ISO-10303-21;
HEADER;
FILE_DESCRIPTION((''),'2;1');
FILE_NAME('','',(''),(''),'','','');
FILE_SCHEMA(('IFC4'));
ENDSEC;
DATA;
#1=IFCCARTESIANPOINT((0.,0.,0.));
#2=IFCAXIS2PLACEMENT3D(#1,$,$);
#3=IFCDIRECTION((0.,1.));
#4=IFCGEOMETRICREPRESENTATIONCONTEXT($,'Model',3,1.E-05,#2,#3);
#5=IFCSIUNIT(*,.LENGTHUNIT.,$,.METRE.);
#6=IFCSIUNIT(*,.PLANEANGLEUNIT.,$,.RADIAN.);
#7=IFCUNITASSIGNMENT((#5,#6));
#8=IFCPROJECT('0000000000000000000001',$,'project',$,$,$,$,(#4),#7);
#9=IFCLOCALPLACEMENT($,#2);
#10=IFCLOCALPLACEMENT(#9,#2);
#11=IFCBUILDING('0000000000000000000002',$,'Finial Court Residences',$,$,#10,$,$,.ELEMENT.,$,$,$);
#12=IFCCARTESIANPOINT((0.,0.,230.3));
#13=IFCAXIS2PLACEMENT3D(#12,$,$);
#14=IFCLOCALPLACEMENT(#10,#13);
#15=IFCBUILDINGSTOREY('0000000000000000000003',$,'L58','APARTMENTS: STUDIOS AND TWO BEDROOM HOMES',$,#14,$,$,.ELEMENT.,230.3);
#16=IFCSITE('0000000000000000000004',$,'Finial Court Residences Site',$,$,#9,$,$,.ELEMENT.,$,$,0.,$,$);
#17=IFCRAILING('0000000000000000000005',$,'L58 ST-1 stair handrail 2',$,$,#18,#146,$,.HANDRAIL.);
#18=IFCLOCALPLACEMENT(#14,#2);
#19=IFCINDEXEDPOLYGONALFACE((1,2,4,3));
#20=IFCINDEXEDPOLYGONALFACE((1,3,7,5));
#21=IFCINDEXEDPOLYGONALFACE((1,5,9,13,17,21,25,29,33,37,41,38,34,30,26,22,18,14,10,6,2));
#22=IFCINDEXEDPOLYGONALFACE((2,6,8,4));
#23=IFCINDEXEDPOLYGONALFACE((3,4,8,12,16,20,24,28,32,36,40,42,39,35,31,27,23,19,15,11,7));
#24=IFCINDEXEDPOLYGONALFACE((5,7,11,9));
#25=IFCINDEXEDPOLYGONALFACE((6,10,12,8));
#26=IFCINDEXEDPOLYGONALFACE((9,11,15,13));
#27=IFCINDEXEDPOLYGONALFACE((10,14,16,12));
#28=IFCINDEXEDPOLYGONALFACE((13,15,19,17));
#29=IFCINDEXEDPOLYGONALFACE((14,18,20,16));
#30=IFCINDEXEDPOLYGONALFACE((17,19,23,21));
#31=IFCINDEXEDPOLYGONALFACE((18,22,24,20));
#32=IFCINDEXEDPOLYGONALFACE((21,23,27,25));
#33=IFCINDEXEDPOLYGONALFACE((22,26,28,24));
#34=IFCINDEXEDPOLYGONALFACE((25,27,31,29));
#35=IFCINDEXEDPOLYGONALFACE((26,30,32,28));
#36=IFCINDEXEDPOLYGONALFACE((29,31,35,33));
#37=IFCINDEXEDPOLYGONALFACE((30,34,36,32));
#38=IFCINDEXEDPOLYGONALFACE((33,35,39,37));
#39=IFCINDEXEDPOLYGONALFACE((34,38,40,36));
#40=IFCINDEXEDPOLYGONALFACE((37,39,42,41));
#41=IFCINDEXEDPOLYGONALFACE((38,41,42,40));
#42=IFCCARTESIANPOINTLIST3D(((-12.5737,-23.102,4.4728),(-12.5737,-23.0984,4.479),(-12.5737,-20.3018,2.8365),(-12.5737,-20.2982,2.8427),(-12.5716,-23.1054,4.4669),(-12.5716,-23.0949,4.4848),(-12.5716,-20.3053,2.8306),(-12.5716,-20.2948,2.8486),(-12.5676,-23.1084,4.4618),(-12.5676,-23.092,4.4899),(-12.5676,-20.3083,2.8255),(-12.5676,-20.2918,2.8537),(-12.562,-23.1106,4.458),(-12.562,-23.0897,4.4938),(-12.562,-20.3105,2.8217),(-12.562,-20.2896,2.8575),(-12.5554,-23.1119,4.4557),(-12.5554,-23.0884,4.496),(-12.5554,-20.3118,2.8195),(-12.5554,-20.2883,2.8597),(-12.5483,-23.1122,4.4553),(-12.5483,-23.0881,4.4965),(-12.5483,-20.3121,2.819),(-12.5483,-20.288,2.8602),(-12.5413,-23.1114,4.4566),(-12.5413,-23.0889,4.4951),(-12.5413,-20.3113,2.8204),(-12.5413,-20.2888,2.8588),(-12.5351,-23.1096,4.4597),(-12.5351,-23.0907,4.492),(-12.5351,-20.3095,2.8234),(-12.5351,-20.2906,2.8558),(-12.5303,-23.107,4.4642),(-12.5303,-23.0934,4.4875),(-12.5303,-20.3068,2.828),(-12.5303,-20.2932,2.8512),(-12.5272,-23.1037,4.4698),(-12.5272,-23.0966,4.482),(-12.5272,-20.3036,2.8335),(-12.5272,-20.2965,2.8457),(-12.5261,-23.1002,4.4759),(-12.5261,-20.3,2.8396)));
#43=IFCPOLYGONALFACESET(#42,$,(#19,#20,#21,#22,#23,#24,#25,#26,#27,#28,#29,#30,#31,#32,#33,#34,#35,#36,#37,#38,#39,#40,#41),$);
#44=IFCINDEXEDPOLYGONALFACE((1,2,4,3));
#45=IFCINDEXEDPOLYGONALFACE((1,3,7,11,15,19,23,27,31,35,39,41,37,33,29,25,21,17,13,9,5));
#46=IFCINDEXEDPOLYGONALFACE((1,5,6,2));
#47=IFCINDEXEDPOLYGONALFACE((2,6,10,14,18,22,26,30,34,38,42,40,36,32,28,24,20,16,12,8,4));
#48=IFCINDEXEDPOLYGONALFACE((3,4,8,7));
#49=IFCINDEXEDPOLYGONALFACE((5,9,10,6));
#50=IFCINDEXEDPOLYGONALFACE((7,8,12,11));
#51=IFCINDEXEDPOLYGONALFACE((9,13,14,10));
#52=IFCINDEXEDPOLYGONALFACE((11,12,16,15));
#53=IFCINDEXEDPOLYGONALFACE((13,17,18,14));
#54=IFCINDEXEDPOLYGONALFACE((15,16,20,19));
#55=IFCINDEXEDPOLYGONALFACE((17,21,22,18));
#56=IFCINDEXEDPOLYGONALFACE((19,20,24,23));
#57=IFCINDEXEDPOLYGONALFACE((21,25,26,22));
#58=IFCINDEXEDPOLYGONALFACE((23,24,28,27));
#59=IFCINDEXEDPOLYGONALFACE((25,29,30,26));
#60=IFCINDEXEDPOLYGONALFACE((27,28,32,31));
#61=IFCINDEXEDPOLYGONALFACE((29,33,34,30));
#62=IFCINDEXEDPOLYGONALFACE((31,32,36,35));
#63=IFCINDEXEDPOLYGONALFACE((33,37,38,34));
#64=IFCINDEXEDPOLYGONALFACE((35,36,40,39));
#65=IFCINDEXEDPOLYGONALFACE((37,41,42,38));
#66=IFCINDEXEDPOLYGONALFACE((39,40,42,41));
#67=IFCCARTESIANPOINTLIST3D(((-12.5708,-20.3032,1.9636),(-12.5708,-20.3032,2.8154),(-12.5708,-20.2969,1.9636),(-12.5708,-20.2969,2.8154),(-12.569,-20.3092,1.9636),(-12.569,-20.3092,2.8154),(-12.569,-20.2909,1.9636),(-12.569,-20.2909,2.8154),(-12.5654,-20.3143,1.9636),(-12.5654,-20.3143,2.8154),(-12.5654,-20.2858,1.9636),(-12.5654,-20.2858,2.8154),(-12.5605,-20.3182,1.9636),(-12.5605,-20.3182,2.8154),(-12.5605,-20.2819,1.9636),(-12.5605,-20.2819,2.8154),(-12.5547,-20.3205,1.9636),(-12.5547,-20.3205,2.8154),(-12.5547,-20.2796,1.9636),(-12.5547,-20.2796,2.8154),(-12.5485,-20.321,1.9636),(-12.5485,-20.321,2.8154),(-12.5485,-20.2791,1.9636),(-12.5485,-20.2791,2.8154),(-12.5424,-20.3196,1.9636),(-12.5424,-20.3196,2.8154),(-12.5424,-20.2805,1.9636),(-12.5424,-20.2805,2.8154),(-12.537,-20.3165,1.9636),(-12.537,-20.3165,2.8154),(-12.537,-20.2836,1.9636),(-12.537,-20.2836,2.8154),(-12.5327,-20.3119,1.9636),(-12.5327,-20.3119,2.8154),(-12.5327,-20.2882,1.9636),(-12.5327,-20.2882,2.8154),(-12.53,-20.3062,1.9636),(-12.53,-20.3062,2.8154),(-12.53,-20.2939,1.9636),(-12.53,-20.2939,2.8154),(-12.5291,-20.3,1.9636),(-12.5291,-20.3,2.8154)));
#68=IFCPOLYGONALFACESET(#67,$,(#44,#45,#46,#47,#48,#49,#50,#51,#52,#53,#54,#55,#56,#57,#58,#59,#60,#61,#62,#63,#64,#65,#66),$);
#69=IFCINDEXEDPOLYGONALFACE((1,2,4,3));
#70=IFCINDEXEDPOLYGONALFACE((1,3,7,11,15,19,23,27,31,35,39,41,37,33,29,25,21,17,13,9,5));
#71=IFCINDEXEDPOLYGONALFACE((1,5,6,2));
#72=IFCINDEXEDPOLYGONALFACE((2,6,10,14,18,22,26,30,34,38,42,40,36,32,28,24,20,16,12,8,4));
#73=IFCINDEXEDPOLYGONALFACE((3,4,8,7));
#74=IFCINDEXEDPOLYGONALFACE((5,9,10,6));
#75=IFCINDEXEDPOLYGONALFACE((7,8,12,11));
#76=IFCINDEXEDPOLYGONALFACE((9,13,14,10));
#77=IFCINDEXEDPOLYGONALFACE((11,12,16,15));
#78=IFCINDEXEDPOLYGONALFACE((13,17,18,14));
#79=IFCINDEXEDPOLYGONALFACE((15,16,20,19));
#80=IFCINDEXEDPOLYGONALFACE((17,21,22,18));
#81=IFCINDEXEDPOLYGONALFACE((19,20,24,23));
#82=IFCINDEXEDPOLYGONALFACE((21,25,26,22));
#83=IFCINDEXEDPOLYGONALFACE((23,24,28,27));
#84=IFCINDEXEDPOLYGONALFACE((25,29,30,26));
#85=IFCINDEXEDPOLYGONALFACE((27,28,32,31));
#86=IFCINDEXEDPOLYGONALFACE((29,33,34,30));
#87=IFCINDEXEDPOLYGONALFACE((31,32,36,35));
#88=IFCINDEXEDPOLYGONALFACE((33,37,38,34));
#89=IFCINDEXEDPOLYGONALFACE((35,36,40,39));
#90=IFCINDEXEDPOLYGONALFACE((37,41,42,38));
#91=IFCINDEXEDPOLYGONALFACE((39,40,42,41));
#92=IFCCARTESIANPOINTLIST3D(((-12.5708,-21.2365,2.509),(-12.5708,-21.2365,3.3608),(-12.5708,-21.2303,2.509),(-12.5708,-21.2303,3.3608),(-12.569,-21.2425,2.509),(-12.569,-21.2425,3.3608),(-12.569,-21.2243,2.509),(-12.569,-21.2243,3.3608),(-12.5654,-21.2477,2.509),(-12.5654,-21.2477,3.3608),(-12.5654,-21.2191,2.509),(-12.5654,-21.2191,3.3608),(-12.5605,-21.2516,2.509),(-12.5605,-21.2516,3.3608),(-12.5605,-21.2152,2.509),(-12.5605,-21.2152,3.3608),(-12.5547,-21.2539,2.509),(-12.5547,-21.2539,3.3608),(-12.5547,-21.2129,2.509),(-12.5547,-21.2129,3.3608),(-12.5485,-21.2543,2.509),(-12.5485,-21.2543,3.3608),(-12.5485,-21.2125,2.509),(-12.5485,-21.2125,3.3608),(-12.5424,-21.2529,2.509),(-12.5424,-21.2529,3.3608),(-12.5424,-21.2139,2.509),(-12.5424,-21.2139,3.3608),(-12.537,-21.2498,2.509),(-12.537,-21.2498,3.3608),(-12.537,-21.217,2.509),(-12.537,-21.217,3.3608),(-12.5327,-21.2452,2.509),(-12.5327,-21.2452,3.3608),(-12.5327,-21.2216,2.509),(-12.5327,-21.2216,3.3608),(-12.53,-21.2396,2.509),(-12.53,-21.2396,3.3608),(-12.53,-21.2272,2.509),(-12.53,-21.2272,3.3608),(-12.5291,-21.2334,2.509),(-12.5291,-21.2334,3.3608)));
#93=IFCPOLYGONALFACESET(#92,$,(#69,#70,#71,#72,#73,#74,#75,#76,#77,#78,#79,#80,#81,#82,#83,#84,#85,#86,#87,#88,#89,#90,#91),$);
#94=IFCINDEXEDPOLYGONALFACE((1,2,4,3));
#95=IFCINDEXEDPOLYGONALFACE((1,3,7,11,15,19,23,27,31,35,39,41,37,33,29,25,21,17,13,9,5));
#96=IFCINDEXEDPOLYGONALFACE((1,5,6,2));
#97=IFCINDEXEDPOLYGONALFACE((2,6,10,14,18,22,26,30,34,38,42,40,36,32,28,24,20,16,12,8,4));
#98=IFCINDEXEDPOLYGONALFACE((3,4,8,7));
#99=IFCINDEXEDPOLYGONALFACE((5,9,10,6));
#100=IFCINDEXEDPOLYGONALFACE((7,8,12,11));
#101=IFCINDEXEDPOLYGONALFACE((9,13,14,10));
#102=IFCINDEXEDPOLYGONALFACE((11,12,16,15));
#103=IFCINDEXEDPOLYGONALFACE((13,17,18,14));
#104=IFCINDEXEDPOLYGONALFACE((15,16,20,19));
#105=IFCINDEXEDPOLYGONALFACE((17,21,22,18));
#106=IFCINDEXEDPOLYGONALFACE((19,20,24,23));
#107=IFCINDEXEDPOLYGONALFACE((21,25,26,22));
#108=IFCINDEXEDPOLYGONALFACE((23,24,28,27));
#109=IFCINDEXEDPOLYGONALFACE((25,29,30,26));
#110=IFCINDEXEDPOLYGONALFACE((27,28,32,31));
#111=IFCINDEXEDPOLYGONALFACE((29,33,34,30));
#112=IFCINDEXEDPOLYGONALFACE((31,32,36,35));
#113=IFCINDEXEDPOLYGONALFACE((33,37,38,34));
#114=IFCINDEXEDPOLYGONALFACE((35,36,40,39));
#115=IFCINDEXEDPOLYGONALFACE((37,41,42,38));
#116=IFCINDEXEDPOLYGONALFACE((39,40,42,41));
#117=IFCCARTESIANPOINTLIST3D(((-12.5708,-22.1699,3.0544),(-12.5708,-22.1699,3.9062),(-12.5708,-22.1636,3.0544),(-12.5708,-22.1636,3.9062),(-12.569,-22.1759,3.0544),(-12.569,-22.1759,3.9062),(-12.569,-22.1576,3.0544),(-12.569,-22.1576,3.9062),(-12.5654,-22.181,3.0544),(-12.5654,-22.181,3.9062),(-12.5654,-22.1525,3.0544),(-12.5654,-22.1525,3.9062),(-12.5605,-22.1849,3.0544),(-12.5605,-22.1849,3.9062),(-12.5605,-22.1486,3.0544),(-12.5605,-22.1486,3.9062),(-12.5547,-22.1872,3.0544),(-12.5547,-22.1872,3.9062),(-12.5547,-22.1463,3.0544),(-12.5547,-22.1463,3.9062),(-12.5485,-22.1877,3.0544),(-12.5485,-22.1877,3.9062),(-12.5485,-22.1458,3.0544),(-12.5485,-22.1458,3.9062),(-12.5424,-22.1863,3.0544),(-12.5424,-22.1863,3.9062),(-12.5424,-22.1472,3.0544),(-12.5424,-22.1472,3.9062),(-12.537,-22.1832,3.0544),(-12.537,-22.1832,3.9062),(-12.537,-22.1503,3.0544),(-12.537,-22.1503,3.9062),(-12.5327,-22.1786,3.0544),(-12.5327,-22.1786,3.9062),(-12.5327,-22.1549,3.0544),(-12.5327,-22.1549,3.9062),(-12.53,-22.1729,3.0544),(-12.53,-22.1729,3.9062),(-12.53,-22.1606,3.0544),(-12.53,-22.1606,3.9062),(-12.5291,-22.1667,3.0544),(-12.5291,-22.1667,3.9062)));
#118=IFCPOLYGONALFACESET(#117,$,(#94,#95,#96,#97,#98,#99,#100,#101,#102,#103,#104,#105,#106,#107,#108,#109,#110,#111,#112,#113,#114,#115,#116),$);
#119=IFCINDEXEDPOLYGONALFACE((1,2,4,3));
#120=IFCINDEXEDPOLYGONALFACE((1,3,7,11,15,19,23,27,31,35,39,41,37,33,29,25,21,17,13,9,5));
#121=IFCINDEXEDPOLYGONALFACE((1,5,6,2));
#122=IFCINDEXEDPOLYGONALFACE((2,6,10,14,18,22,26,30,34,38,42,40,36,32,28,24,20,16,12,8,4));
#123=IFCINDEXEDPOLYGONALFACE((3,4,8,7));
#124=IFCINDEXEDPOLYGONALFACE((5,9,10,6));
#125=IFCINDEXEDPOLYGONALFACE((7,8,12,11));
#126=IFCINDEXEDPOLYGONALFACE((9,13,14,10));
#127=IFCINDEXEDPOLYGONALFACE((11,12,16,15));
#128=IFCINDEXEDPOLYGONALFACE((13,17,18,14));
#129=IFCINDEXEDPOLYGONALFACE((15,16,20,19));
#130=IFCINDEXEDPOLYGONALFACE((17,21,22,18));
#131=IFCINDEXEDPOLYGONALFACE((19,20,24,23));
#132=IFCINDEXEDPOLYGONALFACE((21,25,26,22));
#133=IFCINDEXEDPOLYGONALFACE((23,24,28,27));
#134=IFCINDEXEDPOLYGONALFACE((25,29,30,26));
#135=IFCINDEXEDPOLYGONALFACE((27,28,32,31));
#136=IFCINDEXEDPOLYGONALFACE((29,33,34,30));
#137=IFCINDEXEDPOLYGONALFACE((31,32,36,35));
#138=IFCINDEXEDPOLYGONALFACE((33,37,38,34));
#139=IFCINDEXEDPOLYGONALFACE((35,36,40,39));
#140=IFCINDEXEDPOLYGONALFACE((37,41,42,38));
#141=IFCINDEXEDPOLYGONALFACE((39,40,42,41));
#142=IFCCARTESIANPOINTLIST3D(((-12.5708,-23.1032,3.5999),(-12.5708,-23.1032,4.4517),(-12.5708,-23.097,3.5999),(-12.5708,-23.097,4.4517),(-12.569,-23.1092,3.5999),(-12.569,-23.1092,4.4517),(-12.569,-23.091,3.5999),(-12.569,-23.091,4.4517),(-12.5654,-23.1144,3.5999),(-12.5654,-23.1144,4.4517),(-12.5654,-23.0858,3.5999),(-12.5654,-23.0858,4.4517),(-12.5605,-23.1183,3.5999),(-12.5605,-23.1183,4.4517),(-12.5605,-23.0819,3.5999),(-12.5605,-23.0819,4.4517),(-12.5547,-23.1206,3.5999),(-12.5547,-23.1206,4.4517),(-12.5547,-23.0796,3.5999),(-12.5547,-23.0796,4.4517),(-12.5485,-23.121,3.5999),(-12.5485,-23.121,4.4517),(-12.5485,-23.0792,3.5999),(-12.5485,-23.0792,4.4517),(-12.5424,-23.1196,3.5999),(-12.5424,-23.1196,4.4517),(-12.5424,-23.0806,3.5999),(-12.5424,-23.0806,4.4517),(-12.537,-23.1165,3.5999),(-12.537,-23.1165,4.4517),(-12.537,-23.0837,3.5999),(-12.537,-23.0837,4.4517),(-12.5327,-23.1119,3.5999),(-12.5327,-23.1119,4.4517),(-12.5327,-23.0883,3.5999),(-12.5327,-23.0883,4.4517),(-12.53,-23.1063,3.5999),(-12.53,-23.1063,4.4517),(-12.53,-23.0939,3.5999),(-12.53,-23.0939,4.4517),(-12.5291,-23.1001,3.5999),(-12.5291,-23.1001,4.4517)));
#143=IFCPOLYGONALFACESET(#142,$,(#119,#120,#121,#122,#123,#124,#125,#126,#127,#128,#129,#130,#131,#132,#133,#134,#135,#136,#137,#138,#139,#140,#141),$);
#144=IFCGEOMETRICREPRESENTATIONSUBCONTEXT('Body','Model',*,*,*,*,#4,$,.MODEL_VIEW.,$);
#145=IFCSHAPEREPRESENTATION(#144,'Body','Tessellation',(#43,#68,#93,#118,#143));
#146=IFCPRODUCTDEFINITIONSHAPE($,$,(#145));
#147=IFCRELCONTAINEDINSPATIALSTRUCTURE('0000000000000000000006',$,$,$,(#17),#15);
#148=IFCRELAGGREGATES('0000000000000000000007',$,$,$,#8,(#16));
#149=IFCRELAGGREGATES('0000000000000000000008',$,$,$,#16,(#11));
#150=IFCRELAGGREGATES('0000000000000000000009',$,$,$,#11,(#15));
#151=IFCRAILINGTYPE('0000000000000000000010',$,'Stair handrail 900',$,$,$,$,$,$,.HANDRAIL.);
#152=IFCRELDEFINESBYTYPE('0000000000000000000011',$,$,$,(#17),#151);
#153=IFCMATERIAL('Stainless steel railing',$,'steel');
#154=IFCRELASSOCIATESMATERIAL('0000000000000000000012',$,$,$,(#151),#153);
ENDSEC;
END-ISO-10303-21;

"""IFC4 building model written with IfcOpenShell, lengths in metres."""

from ifc_helpers import new_model, si_unit, direction, frame, origin, origin_2d, place, context, subcontext, project, spatial, circle, extrude, material, type_object, element, save


model = new_model("IFC4")

# Units and contexts
model_context = context("Model", 3, precision=1e-05, world=origin(), true_north=direction((0.0, 1.0)))
body_context = subcontext(model_context, "Body", "Model", "MODEL_VIEW")
ifc_project = project(units=[si_unit("LENGTHUNIT", "METRE"), si_unit("PLANEANGLEUNIT", "RADIAN")], contexts=[model_context])

# Site, building, storey
site_placement = place(None, origin())
site = spatial("IfcSite", under=ifc_project, at=site_placement, Name="Finial Court Residences Site", CompositionType="ELEMENT", RefElevation=0.0)
building_placement = place(site_placement, origin())
building = spatial("IfcBuilding", under=site, at=building_placement, Name="Finial Court Residences", CompositionType="ELEMENT")
storey_placement = place(building_placement, frame((0.0, 0.0, 230.3)))
storey = spatial("IfcBuildingStorey", under=building, at=storey_placement, Name="L58", Description="APARTMENTS: STUDIOS AND TWO BEDROOM HOMES", CompositionType="ELEMENT", Elevation=230.3)

# Railing
ifc_material_1 = material(Name="Stainless steel railing", Category="steel")
railing_type_1 = type_object("IfcRailingType", Name="Stair handrail 900", PredefinedType="HANDRAIL", material=ifc_material_1)
railing_1_placement = place(storey_placement, frame((-12.55, -20.3, 1.9636)))
element("IfcRailing", 1, at=railing_1_placement, inside=storey, type_object=railing_type_1, Name="L58 ST-1 stair handrail 2", PredefinedType="HANDRAIL", context=body_context, shape_type="SweptSolid", body=[
    extrude(circle(Radius=0.0239, at=origin_2d()), frame((0.0, 0.0, 0.876), z_axis=(0.0, -0.863394, 0.504531), x_axis=(1.0, 0.0, 0.0)), (0.0, 0.0, 1.0), 3.2432),
    extrude(circle(Radius=0.021, at=origin_2d()), origin(), (0.0, 0.0, 1.0), 0.8518),
    extrude(circle(Radius=0.021, at=origin_2d()), frame((0.0, -0.9333, 0.5454)), (0.0, 0.0, 1.0), 0.8518),
    extrude(circle(Radius=0.021, at=origin_2d()), frame((0.0, -1.8667, 1.0908)), (0.0, 0.0, 1.0), 0.8518),
    extrude(circle(Radius=0.021, at=origin_2d()), frame((0.0, -2.8, 1.6362)), (0.0, 0.0, 1.0), 0.8518),
])

save(model, "model.ifc")
